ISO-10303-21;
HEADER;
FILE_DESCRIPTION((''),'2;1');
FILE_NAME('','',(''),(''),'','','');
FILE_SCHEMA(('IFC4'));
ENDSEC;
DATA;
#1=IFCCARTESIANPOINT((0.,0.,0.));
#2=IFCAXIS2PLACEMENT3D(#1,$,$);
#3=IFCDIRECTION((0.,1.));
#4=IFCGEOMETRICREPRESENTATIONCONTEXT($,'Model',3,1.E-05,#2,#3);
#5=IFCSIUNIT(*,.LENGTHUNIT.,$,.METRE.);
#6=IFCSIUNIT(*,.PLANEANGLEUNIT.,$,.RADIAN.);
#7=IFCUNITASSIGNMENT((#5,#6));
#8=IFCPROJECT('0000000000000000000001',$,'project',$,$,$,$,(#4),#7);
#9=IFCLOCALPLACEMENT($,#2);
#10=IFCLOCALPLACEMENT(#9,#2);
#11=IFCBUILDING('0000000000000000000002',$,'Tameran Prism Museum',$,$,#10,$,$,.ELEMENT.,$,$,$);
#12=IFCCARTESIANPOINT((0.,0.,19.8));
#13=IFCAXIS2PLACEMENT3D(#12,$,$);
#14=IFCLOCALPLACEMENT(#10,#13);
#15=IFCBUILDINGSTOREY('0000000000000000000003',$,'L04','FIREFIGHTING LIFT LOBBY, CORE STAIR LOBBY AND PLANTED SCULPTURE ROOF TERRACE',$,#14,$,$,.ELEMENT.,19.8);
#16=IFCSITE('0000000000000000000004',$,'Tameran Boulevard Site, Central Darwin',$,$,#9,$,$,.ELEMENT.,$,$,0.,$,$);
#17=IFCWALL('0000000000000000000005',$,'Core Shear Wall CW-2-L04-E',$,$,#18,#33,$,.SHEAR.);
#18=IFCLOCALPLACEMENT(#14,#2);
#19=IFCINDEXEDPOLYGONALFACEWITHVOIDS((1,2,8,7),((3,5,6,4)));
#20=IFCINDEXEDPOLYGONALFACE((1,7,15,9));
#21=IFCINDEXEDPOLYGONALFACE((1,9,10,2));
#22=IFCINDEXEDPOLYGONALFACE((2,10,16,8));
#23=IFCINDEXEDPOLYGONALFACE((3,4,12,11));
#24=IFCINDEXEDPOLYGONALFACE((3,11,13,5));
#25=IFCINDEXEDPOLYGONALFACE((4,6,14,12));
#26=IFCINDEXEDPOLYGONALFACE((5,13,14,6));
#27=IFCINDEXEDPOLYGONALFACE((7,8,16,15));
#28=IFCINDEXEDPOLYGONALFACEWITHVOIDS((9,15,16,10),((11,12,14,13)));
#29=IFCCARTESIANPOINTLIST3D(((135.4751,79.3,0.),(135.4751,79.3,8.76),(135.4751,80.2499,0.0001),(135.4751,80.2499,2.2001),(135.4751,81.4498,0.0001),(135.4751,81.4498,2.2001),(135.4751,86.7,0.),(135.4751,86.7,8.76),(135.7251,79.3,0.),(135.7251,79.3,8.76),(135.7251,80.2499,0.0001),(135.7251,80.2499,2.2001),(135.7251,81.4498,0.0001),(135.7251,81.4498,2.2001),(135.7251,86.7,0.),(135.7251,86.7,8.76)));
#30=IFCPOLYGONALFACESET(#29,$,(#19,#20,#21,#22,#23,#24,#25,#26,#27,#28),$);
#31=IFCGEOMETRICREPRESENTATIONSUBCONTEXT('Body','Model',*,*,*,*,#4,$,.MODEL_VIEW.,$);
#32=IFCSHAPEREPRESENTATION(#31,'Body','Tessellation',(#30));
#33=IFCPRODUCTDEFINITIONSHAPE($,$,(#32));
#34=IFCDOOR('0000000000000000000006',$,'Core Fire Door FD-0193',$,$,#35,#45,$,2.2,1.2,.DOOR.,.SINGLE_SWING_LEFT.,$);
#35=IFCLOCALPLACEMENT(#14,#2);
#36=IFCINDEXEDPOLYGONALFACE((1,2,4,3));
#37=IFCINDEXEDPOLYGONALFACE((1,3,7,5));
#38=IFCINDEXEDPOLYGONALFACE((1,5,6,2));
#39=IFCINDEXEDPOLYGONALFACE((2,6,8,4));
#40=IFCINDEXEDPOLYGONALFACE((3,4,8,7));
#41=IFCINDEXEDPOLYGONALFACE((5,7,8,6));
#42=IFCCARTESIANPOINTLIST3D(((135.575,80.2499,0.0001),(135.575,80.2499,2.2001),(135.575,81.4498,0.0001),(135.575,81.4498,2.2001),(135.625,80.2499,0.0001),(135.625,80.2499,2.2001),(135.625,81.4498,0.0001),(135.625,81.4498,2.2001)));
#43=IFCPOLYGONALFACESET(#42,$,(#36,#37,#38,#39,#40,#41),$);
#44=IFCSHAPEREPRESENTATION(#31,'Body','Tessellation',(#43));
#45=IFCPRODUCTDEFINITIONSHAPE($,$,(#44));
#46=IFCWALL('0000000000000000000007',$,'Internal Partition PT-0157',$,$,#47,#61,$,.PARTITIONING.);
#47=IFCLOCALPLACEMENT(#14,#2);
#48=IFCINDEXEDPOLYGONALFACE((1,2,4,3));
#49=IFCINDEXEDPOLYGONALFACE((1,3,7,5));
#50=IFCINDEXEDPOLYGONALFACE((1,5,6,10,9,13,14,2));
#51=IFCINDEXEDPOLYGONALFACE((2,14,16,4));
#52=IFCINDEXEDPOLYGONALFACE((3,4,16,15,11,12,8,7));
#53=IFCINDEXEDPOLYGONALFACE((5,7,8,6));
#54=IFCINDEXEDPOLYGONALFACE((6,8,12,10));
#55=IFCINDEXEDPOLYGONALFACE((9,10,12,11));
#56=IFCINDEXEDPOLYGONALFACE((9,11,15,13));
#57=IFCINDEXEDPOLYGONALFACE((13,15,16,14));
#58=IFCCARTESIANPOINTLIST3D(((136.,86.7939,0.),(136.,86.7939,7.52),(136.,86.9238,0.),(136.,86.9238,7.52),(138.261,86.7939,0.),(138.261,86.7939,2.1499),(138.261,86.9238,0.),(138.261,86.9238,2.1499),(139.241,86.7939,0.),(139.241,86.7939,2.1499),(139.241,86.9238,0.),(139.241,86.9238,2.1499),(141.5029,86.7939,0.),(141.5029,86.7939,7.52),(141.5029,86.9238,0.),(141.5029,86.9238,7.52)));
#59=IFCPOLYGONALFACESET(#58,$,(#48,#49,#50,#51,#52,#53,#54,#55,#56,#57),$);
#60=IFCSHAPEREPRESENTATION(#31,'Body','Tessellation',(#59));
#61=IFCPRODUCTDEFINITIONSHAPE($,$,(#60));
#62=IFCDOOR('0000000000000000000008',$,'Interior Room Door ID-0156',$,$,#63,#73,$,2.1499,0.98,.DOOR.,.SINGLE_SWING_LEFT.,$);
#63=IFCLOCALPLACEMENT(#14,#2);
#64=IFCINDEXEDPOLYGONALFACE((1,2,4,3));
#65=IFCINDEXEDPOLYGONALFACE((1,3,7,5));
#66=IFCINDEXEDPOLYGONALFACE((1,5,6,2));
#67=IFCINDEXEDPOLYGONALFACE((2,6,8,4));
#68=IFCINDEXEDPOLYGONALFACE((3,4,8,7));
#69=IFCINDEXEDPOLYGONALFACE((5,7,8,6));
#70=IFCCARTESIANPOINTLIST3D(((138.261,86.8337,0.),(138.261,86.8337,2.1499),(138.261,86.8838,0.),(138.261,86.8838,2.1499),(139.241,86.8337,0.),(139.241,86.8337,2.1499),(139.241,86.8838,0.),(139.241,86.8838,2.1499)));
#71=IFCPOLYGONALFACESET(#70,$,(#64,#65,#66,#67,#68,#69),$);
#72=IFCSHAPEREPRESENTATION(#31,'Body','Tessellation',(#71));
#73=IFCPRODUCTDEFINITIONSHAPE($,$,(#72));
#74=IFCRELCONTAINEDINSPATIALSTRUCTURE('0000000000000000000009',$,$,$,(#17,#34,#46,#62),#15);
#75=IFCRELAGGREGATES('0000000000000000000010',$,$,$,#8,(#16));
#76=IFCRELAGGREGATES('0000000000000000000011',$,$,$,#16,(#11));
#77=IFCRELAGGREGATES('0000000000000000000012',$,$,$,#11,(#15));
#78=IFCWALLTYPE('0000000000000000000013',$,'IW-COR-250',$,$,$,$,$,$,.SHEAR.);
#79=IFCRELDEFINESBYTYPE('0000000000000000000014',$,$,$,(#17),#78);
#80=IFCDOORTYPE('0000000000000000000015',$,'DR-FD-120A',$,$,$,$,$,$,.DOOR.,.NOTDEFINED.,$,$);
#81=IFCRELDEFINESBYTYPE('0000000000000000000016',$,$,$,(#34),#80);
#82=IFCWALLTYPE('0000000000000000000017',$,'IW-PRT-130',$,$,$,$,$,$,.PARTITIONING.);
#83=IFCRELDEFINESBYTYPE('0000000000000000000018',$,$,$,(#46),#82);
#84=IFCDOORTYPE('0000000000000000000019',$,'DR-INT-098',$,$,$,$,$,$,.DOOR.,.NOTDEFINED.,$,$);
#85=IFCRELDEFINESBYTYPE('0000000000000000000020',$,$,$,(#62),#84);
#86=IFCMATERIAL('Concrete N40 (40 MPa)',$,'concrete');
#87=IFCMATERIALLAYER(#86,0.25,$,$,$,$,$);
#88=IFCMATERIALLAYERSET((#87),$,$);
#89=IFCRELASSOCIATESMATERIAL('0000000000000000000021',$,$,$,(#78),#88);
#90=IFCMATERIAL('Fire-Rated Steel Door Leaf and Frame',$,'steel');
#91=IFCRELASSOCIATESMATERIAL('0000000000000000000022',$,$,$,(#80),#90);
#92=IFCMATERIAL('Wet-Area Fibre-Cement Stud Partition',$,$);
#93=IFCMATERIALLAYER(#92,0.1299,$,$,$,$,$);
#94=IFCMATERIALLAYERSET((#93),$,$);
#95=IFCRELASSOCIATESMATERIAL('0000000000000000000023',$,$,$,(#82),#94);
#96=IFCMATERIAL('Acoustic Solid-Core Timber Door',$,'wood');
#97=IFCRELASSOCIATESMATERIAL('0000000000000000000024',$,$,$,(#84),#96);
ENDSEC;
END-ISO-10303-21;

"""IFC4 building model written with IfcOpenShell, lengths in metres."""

from ifc_helpers import new_model, si_unit, direction, frame, frame_2d, origin, place, context, subcontext, project, spatial, rectangle, extrude, material, layer, layer_set, type_object, element, fill, save


model = new_model("IFC4")

# Units and contexts
model_context = context("Model", 3, precision=1e-05, world=origin(), true_north=direction((0.0, 1.0)))
body_context = subcontext(model_context, "Body", "Model", "MODEL_VIEW")
ifc_project = project(units=[si_unit("LENGTHUNIT", "METRE"), si_unit("PLANEANGLEUNIT", "RADIAN")], contexts=[model_context])

# Site, building, storey
site_placement = place(None, origin())
site = spatial("IfcSite", under=ifc_project, at=site_placement, Name="Tameran Boulevard Site, Central Darwin", CompositionType="ELEMENT", RefElevation=0.0)
building_placement = place(site_placement, origin())
building = spatial("IfcBuilding", under=site, at=building_placement, Name="Tameran Prism Museum", CompositionType="ELEMENT")
storey_placement = place(building_placement, frame((0.0, 0.0, 19.8)))
storey = spatial("IfcBuildingStorey", under=building, at=storey_placement, Name="L04", Description="FIREFIGHTING LIFT LOBBY, CORE STAIR LOBBY AND PLANTED SCULPTURE ROOF TERRACE", CompositionType="ELEMENT", Elevation=19.8)

# Walls, openings, doors
ifc_material_1 = material(Name="Concrete N40 (40 MPa)", Category="concrete")
ifc_layer_1 = layer(ifc_material_1, 0.25)
ifc_layer_set_1 = layer_set([ifc_layer_1])
wall_type_1 = type_object("IfcWallType", Name="IW-COR-250", PredefinedType="SHEAR", material=ifc_layer_set_1)
wall_1_placement = place(storey_placement, frame((135.6001, 86.7, 0.0), z_axis=(0.0, 0.0, 1.0), x_axis=(0.0, -1.0, 0.0)))
wall_1 = element("IfcWall", 1, at=wall_1_placement, inside=storey, type_object=wall_type_1, Name="Core Shear Wall CW-2-L04-E", PredefinedType="SHEAR", context=body_context, shape_type="SweptSolid", body=[
    extrude(rectangle(XDim=7.3999, YDim=0.25, at=frame_2d((3.7, 0.0))), origin(), (0.0, 0.0, 1.0), 8.76),
])
opening_1_placement = place(wall_1_placement, frame((5.25, 0.0, 0.0)))
opening_1 = element("IfcOpeningElement", 2, at=opening_1_placement, cuts=wall_1, PredefinedType="OPENING", context=body_context, shape_type="SweptSolid", body=[
    extrude(rectangle(XDim=1.2, YDim=2.2, at=frame_2d((0.6001, 1.1001))), frame((0.0, 0.135, 0.0), z_axis=(0.0, -1.0, 0.0), x_axis=(1.0, 0.0, 0.0)), (0.0, 0.0, 1.0), 0.27),
])
ifc_material_2 = material(Name="Fire-Rated Steel Door Leaf and Frame", Category="steel")
door_type_1 = type_object("IfcDoorType", Name="DR-FD-120A", OperationType="NOTDEFINED", PredefinedType="DOOR", material=ifc_material_2)
door_1_placement = place(opening_1_placement, origin())
door_1 = element("IfcDoor", 3, at=door_1_placement, inside=storey, type_object=door_type_1, Name="Core Fire Door FD-0193", OperationType="SINGLE_SWING_LEFT", OverallHeight=2.2, OverallWidth=1.2, PredefinedType="DOOR", context=body_context, shape_type="SweptSolid", body=[
    extrude(rectangle(XDim=1.2, YDim=2.2, at=frame_2d((0.6001, 1.1001))), frame((0.0, 0.0249, 0.0), z_axis=(0.0, -1.0, 0.0), x_axis=(1.0, 0.0, 0.0)), (0.0, 0.0, 1.0), 0.05),
])
fill(opening_1, door_1)
ifc_material_3 = material(Name="Wet-Area Fibre-Cement Stud Partition")
ifc_layer_2 = layer(ifc_material_3, 0.1299)
ifc_layer_set_2 = layer_set([ifc_layer_2])
wall_type_2 = type_object("IfcWallType", Name="IW-PRT-130", PredefinedType="PARTITIONING", material=ifc_layer_set_2)
wall_2_placement = place(storey_placement, frame((136.0, 86.8589, 0.0), z_axis=(0.0, 0.0, 1.0), x_axis=(1.0, 0.0, 0.0)))
wall_2 = element("IfcWall", 4, at=wall_2_placement, inside=storey, type_object=wall_type_2, Name="Internal Partition PT-0157", PredefinedType="PARTITIONING", context=body_context, shape_type="SweptSolid", body=[
    extrude(rectangle(XDim=5.5029, YDim=0.1299, at=frame_2d((2.7515, 0.0))), origin(), (0.0, 0.0, 1.0), 7.52),
])
opening_2_placement = place(wall_2_placement, frame((2.261, 0.0, 0.0)))
opening_2 = element("IfcOpeningElement", 5, at=opening_2_placement, cuts=wall_2, PredefinedType="OPENING", context=body_context, shape_type="SweptSolid", body=[
    extrude(rectangle(XDim=0.98, YDim=2.1499, at=frame_2d((0.49, 1.075))), frame((0.0, 0.075, 0.0), z_axis=(0.0, -1.0, 0.0), x_axis=(1.0, 0.0, 0.0)), (0.0, 0.0, 1.0), 0.1499),
])
ifc_material_4 = material(Name="Acoustic Solid-Core Timber Door", Category="wood")
door_type_2 = type_object("IfcDoorType", Name="DR-INT-098", OperationType="NOTDEFINED", PredefinedType="DOOR", material=ifc_material_4)
door_2_placement = place(opening_2_placement, origin())
door_2 = element("IfcDoor", 6, at=door_2_placement, inside=storey, type_object=door_type_2, Name="Interior Room Door ID-0156", OperationType="SINGLE_SWING_LEFT", OverallHeight=2.1499, OverallWidth=0.98, PredefinedType="DOOR", context=body_context, shape_type="SweptSolid", body=[
    extrude(rectangle(XDim=0.98, YDim=2.1499, at=frame_2d((0.49, 1.075))), frame((0.0, 0.0249, 0.0), z_axis=(0.0, -1.0, 0.0), x_axis=(1.0, 0.0, 0.0)), (0.0, 0.0, 1.0), 0.05),
])
fill(opening_2, door_2)

save(model, "model.ifc")
